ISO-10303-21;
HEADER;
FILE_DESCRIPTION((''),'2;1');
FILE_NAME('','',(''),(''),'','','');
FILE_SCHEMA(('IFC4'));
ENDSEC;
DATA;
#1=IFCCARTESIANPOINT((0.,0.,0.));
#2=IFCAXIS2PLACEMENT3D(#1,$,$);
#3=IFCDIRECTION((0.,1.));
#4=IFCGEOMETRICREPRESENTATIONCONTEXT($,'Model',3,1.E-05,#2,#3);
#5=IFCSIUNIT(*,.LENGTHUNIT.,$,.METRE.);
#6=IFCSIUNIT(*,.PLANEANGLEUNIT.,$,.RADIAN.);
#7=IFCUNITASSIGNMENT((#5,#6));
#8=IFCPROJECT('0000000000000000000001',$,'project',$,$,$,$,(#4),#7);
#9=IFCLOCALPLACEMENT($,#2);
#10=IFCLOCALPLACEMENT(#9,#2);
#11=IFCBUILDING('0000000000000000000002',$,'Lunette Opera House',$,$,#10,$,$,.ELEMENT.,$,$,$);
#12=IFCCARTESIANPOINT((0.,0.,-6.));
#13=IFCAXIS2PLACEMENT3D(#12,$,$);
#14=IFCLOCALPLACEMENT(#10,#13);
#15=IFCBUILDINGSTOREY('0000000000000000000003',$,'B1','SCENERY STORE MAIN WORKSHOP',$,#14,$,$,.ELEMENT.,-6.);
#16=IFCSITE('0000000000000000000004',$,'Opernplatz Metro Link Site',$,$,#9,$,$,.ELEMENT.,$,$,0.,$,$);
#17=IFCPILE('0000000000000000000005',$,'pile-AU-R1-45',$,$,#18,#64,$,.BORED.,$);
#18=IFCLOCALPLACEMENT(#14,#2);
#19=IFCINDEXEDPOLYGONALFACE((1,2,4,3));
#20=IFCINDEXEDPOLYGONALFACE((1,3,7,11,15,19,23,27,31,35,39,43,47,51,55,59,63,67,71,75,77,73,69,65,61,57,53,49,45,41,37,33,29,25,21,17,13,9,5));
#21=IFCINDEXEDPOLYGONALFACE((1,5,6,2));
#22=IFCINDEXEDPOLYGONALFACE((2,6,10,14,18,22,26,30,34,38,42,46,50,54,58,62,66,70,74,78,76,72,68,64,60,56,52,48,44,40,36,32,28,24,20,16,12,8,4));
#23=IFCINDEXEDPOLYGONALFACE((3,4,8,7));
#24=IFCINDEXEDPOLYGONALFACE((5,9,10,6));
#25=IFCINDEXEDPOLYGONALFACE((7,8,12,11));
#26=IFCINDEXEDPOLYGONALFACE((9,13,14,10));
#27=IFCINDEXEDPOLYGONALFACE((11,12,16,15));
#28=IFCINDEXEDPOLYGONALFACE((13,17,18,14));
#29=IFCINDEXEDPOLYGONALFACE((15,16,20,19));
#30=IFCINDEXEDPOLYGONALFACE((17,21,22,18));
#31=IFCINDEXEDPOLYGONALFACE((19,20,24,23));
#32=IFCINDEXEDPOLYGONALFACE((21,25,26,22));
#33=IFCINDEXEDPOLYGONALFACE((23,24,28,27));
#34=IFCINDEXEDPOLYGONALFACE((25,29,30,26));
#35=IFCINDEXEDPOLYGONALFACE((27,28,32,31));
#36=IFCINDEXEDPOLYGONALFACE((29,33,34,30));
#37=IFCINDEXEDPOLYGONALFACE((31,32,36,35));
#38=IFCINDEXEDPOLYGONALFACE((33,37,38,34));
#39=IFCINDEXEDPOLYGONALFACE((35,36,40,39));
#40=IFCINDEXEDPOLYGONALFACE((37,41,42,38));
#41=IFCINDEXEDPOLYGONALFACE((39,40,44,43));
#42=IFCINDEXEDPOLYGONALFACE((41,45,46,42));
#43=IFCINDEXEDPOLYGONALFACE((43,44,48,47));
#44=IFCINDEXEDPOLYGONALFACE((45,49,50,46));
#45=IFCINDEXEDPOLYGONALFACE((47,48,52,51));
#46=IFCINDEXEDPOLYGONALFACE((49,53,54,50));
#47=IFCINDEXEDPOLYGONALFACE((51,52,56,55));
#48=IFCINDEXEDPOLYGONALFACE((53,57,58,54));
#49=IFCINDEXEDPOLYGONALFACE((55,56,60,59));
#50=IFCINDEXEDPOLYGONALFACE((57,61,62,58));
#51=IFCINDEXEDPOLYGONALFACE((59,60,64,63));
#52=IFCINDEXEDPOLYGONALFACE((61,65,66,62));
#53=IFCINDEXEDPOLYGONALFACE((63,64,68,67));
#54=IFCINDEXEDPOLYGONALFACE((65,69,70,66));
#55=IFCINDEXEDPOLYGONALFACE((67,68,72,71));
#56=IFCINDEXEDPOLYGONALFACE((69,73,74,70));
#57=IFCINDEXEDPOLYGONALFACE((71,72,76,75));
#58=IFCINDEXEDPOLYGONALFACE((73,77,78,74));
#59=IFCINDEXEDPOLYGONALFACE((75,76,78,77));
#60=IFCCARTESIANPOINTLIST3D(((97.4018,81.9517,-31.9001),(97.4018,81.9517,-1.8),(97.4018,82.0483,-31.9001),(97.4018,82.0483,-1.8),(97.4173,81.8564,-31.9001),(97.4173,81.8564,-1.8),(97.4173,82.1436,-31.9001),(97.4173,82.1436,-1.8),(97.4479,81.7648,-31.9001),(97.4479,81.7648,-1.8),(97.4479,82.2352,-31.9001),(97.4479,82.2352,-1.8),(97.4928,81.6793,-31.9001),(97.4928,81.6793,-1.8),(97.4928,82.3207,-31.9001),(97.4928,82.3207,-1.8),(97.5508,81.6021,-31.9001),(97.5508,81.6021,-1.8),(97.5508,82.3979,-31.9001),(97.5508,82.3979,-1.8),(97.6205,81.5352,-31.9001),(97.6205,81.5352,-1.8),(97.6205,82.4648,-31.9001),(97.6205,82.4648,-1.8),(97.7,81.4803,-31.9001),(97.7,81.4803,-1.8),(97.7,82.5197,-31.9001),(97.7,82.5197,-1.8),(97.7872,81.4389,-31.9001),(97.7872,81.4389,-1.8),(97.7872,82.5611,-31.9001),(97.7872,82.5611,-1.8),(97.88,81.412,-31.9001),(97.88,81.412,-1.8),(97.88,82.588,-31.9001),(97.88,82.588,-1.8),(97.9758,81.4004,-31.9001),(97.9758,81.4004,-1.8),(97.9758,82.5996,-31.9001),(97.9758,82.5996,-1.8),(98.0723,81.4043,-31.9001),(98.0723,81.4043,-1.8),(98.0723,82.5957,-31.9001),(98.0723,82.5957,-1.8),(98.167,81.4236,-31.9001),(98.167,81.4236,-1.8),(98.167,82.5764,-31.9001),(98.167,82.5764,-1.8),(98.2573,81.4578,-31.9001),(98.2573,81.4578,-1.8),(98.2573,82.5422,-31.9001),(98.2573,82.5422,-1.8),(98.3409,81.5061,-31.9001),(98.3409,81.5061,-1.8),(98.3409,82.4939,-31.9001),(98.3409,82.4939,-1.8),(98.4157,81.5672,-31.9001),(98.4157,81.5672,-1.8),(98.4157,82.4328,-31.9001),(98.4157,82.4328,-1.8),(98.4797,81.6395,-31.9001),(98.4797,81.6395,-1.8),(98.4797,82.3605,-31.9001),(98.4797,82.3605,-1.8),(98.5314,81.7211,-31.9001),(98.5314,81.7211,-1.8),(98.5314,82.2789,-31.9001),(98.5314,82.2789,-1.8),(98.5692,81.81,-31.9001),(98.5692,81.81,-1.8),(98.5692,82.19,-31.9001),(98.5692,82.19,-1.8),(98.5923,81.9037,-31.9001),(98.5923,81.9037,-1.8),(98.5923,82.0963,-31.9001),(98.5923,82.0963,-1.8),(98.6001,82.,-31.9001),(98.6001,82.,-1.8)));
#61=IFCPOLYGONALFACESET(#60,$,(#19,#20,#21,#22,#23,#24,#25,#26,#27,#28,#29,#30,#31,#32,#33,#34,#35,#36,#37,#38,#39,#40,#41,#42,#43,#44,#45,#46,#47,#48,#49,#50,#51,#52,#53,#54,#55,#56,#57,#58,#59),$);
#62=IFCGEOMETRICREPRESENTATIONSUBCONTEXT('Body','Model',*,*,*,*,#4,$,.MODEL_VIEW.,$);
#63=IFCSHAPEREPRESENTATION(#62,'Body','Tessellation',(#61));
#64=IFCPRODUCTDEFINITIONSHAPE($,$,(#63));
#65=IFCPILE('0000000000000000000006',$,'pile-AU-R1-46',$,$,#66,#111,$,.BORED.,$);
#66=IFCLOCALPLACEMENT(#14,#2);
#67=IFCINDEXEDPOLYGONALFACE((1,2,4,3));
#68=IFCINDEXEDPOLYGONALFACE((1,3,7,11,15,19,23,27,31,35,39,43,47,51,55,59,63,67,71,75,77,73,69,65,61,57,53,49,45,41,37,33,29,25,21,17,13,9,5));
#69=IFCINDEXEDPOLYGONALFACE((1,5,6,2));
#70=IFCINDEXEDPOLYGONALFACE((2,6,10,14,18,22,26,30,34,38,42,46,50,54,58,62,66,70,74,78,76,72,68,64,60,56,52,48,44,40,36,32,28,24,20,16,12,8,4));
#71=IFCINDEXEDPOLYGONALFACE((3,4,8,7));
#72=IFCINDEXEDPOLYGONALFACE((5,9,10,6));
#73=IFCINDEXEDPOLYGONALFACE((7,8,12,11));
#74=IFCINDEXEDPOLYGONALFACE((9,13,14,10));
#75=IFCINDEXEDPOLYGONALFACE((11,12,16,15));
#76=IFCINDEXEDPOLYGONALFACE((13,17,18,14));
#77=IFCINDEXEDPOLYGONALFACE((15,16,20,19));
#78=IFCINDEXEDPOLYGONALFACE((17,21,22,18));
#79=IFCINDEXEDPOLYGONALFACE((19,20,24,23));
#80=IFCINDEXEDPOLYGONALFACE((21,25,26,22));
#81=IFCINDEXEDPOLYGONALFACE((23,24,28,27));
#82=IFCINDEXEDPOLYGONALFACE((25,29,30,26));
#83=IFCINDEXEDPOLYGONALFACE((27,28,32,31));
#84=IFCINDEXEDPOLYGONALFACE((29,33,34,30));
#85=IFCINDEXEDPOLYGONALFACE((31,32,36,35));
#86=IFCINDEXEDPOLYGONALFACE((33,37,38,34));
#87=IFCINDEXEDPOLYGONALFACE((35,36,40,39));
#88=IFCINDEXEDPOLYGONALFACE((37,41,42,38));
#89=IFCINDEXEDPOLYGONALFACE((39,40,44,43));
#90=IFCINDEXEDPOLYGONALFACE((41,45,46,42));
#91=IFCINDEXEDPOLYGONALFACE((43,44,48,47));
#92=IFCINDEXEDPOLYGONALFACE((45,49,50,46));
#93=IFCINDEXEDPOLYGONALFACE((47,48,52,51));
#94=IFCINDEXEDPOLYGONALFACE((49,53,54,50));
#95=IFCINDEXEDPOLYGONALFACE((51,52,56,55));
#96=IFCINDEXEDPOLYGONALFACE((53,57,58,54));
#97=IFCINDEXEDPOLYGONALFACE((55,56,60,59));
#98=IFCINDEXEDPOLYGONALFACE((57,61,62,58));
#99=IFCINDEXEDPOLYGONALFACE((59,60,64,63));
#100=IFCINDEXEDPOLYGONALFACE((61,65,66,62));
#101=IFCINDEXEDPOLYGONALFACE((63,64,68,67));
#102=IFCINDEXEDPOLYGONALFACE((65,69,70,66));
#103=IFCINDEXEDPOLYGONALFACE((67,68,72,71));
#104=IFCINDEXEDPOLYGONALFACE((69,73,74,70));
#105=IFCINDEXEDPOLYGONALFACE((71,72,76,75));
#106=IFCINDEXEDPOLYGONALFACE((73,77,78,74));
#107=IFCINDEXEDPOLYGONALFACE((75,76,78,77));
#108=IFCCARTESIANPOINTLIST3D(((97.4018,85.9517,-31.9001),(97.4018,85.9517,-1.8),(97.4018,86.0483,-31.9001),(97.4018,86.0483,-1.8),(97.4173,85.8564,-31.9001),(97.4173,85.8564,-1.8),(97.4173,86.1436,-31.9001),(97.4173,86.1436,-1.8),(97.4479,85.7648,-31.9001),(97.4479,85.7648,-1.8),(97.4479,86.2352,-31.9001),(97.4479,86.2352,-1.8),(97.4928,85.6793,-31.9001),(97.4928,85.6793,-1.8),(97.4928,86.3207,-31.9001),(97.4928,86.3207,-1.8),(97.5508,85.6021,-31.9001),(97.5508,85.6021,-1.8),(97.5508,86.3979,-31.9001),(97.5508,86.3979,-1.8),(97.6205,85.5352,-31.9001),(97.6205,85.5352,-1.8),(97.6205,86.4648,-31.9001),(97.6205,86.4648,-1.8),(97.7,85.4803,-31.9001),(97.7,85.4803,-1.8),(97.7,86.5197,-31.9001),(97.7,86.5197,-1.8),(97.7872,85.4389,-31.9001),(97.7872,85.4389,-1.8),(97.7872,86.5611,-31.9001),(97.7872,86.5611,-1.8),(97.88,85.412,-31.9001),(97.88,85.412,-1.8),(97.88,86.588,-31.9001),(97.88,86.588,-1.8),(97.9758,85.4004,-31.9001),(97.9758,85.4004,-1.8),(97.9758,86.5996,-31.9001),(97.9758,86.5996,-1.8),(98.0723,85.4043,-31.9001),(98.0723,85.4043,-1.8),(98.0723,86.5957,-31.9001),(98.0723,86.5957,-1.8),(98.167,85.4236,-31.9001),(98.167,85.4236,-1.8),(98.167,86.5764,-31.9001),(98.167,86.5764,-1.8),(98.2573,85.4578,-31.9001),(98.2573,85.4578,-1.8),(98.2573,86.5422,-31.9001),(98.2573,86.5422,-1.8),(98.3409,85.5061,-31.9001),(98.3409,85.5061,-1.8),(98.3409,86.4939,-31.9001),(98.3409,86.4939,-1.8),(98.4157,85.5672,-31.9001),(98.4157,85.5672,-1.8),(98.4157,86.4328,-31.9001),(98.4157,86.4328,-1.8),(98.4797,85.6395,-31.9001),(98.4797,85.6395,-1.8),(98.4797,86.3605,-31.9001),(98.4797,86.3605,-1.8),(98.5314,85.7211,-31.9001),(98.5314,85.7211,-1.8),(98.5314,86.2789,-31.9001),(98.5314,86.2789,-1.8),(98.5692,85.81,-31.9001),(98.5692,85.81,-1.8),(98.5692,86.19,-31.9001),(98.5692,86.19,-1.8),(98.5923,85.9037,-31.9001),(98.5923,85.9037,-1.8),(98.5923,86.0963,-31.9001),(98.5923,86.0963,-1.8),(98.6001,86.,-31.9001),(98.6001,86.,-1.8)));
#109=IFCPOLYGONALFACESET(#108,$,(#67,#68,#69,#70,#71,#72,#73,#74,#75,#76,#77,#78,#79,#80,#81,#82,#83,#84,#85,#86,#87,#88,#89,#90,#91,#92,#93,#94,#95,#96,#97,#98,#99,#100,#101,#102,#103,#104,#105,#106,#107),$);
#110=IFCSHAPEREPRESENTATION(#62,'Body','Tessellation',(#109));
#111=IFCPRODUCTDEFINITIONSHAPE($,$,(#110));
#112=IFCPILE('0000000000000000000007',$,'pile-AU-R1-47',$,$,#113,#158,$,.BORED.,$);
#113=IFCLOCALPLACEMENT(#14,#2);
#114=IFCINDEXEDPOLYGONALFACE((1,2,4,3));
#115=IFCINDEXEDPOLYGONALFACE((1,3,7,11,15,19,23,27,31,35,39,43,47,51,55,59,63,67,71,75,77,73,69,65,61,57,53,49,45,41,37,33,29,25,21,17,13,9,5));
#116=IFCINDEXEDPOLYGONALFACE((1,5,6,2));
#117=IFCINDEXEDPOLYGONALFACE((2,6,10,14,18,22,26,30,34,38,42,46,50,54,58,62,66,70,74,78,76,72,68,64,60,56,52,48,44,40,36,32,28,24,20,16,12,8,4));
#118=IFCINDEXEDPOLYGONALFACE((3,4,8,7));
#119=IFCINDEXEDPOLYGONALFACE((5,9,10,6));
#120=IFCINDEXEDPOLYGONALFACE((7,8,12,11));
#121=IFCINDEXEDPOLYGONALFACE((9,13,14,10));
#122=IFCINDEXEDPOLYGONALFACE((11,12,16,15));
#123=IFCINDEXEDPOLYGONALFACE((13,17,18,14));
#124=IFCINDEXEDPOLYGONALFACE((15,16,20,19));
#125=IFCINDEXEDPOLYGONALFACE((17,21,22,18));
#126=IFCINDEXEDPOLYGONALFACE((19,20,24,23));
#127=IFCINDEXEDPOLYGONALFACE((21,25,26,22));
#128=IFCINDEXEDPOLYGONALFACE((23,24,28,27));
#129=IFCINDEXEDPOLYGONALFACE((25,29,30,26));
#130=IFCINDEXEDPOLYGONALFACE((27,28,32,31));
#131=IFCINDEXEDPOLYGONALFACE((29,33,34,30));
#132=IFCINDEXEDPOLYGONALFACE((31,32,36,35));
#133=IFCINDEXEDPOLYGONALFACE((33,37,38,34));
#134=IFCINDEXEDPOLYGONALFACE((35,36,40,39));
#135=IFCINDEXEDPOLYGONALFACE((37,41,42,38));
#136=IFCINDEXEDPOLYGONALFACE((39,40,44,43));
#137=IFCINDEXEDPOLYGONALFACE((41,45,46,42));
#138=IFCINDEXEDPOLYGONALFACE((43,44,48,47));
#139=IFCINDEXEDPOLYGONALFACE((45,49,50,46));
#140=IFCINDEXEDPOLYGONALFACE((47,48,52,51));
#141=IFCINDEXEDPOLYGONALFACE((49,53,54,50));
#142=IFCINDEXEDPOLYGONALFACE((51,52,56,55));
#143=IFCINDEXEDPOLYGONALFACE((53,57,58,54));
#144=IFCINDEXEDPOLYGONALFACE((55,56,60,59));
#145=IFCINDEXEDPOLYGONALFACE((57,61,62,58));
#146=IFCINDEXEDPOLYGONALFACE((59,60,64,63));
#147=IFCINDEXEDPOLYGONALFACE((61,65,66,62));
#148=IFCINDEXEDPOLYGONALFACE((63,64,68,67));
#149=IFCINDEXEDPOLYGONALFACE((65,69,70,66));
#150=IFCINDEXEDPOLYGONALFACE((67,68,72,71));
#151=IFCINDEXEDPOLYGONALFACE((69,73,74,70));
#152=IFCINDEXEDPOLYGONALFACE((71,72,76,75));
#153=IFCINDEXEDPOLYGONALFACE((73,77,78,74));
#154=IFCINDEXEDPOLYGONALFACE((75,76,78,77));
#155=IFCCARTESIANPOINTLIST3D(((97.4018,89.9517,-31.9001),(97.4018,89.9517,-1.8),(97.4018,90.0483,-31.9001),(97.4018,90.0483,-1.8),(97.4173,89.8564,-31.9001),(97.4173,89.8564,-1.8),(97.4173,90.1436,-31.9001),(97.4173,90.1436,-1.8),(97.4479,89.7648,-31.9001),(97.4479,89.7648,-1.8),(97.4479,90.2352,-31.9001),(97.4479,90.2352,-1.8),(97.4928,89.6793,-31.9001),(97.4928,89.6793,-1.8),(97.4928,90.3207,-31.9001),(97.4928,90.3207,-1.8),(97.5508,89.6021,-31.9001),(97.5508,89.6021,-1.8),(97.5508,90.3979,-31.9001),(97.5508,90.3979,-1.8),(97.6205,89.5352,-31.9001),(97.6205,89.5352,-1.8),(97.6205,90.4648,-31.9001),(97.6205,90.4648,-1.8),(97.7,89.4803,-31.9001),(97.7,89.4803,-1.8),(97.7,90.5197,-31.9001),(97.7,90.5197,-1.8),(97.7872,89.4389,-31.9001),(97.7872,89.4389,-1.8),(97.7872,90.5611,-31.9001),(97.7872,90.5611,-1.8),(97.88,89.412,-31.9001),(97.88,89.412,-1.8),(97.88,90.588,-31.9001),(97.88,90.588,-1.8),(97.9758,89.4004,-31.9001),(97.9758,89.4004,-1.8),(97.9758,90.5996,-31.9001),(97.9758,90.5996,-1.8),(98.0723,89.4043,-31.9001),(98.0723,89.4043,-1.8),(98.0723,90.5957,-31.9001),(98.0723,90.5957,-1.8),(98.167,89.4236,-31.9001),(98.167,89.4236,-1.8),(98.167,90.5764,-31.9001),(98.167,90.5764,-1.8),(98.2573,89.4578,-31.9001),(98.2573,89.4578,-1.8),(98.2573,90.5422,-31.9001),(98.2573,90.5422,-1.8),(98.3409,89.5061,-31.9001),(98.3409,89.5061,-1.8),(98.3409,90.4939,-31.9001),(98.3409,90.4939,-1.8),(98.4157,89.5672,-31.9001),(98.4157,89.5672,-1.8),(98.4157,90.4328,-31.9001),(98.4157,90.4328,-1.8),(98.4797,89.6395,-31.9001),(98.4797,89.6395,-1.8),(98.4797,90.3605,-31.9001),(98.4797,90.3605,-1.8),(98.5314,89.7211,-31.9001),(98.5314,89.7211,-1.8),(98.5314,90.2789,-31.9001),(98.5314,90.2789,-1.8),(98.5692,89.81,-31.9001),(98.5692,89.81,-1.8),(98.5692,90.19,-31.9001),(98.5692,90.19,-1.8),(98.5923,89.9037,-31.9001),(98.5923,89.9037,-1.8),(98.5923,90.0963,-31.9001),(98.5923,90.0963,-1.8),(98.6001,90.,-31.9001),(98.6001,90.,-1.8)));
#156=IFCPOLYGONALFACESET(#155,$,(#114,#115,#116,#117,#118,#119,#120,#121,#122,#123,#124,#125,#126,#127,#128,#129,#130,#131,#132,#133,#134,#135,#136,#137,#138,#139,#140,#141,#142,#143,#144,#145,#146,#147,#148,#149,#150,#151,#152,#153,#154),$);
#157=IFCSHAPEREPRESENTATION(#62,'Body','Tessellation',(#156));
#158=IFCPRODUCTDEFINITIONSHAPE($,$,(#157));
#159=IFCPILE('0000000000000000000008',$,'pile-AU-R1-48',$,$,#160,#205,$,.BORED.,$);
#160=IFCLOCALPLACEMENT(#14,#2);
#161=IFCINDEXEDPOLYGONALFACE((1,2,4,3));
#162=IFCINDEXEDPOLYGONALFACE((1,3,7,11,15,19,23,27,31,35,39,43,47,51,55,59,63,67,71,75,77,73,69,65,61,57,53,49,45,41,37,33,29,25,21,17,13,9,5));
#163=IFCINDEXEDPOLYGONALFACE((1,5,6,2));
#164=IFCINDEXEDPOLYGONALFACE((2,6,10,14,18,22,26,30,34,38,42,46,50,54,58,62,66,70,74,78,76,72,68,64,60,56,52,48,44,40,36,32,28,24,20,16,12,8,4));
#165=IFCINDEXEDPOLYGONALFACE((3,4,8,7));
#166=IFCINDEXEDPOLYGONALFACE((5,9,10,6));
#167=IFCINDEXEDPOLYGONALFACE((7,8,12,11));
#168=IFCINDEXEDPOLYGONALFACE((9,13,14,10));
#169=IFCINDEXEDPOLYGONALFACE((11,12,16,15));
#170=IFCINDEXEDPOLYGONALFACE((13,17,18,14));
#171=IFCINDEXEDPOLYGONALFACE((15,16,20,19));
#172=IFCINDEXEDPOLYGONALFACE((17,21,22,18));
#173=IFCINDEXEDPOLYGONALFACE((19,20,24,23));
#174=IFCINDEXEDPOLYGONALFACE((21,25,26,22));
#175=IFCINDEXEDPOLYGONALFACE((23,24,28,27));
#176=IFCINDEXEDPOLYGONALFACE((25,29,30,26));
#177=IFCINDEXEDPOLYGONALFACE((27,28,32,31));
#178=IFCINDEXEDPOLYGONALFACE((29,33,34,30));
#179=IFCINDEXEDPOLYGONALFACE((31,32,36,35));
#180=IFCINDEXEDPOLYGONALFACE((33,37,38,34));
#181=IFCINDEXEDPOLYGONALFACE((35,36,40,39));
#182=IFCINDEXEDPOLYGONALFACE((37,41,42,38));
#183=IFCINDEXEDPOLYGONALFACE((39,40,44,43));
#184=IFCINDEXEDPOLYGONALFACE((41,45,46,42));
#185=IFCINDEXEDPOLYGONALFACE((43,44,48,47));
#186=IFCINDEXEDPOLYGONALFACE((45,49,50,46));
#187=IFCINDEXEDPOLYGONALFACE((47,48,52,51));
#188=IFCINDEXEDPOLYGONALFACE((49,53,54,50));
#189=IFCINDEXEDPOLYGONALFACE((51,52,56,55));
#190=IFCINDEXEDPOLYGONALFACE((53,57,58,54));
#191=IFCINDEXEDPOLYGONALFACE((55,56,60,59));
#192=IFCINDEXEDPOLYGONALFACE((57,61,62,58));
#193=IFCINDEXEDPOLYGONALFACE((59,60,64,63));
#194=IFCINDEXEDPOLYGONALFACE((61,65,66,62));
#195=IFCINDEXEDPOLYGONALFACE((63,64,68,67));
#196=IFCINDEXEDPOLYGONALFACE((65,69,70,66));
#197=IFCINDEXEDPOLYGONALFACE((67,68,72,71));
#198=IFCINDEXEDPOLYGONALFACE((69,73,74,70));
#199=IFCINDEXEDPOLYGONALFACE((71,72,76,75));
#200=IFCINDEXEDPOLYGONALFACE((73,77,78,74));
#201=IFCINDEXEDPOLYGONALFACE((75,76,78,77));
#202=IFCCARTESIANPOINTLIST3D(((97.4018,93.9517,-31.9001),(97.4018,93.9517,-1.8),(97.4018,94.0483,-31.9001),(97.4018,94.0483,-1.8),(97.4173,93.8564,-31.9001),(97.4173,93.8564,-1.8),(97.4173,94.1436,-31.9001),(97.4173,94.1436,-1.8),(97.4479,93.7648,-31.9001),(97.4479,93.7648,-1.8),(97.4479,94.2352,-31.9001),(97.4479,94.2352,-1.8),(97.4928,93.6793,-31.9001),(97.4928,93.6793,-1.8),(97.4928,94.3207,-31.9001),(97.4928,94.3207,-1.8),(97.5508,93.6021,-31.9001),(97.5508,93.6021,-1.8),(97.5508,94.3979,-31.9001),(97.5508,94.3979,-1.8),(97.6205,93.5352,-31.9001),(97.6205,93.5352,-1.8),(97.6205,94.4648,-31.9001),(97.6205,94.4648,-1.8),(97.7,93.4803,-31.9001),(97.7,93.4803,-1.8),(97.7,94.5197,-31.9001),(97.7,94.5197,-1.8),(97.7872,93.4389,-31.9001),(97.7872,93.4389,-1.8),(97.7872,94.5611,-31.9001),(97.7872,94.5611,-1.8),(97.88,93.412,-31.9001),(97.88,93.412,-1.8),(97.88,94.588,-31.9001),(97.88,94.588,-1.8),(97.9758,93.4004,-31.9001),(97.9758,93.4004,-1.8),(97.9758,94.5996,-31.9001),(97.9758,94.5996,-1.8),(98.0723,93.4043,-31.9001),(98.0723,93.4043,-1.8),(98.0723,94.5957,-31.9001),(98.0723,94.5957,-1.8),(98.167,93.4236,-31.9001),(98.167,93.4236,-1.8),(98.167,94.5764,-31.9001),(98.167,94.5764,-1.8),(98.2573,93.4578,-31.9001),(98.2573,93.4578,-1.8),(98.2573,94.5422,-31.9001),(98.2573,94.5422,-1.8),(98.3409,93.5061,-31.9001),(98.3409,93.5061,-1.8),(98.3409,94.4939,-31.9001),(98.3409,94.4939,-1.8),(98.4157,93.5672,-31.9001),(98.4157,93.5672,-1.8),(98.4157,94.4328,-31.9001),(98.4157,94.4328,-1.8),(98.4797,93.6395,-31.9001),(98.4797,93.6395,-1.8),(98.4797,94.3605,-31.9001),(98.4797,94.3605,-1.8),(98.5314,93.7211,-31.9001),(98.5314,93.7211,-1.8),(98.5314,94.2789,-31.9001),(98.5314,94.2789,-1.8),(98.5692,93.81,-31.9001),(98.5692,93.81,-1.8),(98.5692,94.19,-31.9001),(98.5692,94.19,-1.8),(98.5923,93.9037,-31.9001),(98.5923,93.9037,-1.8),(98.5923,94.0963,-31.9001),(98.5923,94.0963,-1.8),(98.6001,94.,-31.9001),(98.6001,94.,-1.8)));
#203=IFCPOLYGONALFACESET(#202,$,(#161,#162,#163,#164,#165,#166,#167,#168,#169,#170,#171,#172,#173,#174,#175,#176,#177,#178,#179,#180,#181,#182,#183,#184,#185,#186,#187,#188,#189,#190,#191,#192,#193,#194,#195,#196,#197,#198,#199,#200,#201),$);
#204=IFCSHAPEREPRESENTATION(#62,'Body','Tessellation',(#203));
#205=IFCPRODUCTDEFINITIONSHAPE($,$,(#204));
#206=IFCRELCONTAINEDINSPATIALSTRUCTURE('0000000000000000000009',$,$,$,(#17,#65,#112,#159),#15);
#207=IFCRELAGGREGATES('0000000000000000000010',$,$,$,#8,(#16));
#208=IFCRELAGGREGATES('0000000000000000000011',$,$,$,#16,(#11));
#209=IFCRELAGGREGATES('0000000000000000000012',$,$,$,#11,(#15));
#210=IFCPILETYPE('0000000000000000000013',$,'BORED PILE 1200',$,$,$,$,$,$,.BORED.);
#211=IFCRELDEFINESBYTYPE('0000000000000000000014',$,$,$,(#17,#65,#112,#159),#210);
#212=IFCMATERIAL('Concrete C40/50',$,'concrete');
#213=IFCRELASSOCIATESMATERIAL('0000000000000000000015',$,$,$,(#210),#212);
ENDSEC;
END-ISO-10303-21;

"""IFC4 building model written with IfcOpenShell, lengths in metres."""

from ifc_helpers import new_model, si_unit, direction, frame, origin, origin_2d, place, context, subcontext, project, spatial, circle, extrude, material, material_profile, profile_set, type_object, element, save


model = new_model("IFC4")

# Units and contexts
model_context = context("Model", 3, precision=1e-05, world=origin(), true_north=direction((0.0, 1.0)))
body_context = subcontext(model_context, "Body", "Model", "MODEL_VIEW")
ifc_project = project(units=[si_unit("LENGTHUNIT", "METRE"), si_unit("PLANEANGLEUNIT", "RADIAN")], contexts=[model_context])

# Site, building, storey
site_placement = place(None, origin())
site = spatial("IfcSite", under=ifc_project, at=site_placement, Name="Opernplatz Metro Link Site", CompositionType="ELEMENT", RefElevation=0.0)
building_placement = place(site_placement, origin())
building = spatial("IfcBuilding", under=site, at=building_placement, Name="Lunette Opera House", CompositionType="ELEMENT")
storey_placement = place(building_placement, frame((0.0, 0.0, -6.0)))
storey = spatial("IfcBuildingStorey", under=building, at=storey_placement, Name="B1", Description="SCENERY STORE MAIN WORKSHOP", CompositionType="ELEMENT", Elevation=-6.0)

# Piles
ifc_material_1 = material(Name="Concrete C40/50", Category="concrete")
ifc_material_profile_1 = material_profile(ifc_material_1, circle(Radius=0.6001, at=origin_2d()), Name="BORED PILE 1200")
ifc_profile_set_1 = profile_set([ifc_material_profile_1], Name="Concrete C40/50")
pile_type = type_object("IfcPileType", Name="BORED PILE 1200", PredefinedType="BORED", material=ifc_profile_set_1)
for number, where, z_axis, x_axis, name in (
    (1, (98.0, 82.0, -1.8), (0.0, 0.0, -1.0), (1.0, 0.0, 0.0), "pile-AU-R1-45"),
    (2, (98.0, 86.0, -1.8), (0.0, 0.0, -1.0), (1.0, 0.0, 0.0), "pile-AU-R1-46"),
    (3, (98.0, 90.0, -1.8), (0.0, 0.0, -1.0), (1.0, 0.0, 0.0), "pile-AU-R1-47"),
    (4, (98.0, 94.0, -1.8), (0.0, 0.0, -1.0), (1.0, 0.0, 0.0), "pile-AU-R1-48"),
):
    element("IfcPile", number, at=place(storey_placement, frame(where, z_axis=z_axis, x_axis=x_axis)), inside=storey, type_object=pile_type, Name=name, PredefinedType="BORED", context=body_context, shape_type="SweptSolid", body=[
        extrude(circle(Radius=0.6001, at=origin_2d()), origin(), (0.0, 0.0, 1.0), 30.1001),
    ])

save(model, "model.ifc")
